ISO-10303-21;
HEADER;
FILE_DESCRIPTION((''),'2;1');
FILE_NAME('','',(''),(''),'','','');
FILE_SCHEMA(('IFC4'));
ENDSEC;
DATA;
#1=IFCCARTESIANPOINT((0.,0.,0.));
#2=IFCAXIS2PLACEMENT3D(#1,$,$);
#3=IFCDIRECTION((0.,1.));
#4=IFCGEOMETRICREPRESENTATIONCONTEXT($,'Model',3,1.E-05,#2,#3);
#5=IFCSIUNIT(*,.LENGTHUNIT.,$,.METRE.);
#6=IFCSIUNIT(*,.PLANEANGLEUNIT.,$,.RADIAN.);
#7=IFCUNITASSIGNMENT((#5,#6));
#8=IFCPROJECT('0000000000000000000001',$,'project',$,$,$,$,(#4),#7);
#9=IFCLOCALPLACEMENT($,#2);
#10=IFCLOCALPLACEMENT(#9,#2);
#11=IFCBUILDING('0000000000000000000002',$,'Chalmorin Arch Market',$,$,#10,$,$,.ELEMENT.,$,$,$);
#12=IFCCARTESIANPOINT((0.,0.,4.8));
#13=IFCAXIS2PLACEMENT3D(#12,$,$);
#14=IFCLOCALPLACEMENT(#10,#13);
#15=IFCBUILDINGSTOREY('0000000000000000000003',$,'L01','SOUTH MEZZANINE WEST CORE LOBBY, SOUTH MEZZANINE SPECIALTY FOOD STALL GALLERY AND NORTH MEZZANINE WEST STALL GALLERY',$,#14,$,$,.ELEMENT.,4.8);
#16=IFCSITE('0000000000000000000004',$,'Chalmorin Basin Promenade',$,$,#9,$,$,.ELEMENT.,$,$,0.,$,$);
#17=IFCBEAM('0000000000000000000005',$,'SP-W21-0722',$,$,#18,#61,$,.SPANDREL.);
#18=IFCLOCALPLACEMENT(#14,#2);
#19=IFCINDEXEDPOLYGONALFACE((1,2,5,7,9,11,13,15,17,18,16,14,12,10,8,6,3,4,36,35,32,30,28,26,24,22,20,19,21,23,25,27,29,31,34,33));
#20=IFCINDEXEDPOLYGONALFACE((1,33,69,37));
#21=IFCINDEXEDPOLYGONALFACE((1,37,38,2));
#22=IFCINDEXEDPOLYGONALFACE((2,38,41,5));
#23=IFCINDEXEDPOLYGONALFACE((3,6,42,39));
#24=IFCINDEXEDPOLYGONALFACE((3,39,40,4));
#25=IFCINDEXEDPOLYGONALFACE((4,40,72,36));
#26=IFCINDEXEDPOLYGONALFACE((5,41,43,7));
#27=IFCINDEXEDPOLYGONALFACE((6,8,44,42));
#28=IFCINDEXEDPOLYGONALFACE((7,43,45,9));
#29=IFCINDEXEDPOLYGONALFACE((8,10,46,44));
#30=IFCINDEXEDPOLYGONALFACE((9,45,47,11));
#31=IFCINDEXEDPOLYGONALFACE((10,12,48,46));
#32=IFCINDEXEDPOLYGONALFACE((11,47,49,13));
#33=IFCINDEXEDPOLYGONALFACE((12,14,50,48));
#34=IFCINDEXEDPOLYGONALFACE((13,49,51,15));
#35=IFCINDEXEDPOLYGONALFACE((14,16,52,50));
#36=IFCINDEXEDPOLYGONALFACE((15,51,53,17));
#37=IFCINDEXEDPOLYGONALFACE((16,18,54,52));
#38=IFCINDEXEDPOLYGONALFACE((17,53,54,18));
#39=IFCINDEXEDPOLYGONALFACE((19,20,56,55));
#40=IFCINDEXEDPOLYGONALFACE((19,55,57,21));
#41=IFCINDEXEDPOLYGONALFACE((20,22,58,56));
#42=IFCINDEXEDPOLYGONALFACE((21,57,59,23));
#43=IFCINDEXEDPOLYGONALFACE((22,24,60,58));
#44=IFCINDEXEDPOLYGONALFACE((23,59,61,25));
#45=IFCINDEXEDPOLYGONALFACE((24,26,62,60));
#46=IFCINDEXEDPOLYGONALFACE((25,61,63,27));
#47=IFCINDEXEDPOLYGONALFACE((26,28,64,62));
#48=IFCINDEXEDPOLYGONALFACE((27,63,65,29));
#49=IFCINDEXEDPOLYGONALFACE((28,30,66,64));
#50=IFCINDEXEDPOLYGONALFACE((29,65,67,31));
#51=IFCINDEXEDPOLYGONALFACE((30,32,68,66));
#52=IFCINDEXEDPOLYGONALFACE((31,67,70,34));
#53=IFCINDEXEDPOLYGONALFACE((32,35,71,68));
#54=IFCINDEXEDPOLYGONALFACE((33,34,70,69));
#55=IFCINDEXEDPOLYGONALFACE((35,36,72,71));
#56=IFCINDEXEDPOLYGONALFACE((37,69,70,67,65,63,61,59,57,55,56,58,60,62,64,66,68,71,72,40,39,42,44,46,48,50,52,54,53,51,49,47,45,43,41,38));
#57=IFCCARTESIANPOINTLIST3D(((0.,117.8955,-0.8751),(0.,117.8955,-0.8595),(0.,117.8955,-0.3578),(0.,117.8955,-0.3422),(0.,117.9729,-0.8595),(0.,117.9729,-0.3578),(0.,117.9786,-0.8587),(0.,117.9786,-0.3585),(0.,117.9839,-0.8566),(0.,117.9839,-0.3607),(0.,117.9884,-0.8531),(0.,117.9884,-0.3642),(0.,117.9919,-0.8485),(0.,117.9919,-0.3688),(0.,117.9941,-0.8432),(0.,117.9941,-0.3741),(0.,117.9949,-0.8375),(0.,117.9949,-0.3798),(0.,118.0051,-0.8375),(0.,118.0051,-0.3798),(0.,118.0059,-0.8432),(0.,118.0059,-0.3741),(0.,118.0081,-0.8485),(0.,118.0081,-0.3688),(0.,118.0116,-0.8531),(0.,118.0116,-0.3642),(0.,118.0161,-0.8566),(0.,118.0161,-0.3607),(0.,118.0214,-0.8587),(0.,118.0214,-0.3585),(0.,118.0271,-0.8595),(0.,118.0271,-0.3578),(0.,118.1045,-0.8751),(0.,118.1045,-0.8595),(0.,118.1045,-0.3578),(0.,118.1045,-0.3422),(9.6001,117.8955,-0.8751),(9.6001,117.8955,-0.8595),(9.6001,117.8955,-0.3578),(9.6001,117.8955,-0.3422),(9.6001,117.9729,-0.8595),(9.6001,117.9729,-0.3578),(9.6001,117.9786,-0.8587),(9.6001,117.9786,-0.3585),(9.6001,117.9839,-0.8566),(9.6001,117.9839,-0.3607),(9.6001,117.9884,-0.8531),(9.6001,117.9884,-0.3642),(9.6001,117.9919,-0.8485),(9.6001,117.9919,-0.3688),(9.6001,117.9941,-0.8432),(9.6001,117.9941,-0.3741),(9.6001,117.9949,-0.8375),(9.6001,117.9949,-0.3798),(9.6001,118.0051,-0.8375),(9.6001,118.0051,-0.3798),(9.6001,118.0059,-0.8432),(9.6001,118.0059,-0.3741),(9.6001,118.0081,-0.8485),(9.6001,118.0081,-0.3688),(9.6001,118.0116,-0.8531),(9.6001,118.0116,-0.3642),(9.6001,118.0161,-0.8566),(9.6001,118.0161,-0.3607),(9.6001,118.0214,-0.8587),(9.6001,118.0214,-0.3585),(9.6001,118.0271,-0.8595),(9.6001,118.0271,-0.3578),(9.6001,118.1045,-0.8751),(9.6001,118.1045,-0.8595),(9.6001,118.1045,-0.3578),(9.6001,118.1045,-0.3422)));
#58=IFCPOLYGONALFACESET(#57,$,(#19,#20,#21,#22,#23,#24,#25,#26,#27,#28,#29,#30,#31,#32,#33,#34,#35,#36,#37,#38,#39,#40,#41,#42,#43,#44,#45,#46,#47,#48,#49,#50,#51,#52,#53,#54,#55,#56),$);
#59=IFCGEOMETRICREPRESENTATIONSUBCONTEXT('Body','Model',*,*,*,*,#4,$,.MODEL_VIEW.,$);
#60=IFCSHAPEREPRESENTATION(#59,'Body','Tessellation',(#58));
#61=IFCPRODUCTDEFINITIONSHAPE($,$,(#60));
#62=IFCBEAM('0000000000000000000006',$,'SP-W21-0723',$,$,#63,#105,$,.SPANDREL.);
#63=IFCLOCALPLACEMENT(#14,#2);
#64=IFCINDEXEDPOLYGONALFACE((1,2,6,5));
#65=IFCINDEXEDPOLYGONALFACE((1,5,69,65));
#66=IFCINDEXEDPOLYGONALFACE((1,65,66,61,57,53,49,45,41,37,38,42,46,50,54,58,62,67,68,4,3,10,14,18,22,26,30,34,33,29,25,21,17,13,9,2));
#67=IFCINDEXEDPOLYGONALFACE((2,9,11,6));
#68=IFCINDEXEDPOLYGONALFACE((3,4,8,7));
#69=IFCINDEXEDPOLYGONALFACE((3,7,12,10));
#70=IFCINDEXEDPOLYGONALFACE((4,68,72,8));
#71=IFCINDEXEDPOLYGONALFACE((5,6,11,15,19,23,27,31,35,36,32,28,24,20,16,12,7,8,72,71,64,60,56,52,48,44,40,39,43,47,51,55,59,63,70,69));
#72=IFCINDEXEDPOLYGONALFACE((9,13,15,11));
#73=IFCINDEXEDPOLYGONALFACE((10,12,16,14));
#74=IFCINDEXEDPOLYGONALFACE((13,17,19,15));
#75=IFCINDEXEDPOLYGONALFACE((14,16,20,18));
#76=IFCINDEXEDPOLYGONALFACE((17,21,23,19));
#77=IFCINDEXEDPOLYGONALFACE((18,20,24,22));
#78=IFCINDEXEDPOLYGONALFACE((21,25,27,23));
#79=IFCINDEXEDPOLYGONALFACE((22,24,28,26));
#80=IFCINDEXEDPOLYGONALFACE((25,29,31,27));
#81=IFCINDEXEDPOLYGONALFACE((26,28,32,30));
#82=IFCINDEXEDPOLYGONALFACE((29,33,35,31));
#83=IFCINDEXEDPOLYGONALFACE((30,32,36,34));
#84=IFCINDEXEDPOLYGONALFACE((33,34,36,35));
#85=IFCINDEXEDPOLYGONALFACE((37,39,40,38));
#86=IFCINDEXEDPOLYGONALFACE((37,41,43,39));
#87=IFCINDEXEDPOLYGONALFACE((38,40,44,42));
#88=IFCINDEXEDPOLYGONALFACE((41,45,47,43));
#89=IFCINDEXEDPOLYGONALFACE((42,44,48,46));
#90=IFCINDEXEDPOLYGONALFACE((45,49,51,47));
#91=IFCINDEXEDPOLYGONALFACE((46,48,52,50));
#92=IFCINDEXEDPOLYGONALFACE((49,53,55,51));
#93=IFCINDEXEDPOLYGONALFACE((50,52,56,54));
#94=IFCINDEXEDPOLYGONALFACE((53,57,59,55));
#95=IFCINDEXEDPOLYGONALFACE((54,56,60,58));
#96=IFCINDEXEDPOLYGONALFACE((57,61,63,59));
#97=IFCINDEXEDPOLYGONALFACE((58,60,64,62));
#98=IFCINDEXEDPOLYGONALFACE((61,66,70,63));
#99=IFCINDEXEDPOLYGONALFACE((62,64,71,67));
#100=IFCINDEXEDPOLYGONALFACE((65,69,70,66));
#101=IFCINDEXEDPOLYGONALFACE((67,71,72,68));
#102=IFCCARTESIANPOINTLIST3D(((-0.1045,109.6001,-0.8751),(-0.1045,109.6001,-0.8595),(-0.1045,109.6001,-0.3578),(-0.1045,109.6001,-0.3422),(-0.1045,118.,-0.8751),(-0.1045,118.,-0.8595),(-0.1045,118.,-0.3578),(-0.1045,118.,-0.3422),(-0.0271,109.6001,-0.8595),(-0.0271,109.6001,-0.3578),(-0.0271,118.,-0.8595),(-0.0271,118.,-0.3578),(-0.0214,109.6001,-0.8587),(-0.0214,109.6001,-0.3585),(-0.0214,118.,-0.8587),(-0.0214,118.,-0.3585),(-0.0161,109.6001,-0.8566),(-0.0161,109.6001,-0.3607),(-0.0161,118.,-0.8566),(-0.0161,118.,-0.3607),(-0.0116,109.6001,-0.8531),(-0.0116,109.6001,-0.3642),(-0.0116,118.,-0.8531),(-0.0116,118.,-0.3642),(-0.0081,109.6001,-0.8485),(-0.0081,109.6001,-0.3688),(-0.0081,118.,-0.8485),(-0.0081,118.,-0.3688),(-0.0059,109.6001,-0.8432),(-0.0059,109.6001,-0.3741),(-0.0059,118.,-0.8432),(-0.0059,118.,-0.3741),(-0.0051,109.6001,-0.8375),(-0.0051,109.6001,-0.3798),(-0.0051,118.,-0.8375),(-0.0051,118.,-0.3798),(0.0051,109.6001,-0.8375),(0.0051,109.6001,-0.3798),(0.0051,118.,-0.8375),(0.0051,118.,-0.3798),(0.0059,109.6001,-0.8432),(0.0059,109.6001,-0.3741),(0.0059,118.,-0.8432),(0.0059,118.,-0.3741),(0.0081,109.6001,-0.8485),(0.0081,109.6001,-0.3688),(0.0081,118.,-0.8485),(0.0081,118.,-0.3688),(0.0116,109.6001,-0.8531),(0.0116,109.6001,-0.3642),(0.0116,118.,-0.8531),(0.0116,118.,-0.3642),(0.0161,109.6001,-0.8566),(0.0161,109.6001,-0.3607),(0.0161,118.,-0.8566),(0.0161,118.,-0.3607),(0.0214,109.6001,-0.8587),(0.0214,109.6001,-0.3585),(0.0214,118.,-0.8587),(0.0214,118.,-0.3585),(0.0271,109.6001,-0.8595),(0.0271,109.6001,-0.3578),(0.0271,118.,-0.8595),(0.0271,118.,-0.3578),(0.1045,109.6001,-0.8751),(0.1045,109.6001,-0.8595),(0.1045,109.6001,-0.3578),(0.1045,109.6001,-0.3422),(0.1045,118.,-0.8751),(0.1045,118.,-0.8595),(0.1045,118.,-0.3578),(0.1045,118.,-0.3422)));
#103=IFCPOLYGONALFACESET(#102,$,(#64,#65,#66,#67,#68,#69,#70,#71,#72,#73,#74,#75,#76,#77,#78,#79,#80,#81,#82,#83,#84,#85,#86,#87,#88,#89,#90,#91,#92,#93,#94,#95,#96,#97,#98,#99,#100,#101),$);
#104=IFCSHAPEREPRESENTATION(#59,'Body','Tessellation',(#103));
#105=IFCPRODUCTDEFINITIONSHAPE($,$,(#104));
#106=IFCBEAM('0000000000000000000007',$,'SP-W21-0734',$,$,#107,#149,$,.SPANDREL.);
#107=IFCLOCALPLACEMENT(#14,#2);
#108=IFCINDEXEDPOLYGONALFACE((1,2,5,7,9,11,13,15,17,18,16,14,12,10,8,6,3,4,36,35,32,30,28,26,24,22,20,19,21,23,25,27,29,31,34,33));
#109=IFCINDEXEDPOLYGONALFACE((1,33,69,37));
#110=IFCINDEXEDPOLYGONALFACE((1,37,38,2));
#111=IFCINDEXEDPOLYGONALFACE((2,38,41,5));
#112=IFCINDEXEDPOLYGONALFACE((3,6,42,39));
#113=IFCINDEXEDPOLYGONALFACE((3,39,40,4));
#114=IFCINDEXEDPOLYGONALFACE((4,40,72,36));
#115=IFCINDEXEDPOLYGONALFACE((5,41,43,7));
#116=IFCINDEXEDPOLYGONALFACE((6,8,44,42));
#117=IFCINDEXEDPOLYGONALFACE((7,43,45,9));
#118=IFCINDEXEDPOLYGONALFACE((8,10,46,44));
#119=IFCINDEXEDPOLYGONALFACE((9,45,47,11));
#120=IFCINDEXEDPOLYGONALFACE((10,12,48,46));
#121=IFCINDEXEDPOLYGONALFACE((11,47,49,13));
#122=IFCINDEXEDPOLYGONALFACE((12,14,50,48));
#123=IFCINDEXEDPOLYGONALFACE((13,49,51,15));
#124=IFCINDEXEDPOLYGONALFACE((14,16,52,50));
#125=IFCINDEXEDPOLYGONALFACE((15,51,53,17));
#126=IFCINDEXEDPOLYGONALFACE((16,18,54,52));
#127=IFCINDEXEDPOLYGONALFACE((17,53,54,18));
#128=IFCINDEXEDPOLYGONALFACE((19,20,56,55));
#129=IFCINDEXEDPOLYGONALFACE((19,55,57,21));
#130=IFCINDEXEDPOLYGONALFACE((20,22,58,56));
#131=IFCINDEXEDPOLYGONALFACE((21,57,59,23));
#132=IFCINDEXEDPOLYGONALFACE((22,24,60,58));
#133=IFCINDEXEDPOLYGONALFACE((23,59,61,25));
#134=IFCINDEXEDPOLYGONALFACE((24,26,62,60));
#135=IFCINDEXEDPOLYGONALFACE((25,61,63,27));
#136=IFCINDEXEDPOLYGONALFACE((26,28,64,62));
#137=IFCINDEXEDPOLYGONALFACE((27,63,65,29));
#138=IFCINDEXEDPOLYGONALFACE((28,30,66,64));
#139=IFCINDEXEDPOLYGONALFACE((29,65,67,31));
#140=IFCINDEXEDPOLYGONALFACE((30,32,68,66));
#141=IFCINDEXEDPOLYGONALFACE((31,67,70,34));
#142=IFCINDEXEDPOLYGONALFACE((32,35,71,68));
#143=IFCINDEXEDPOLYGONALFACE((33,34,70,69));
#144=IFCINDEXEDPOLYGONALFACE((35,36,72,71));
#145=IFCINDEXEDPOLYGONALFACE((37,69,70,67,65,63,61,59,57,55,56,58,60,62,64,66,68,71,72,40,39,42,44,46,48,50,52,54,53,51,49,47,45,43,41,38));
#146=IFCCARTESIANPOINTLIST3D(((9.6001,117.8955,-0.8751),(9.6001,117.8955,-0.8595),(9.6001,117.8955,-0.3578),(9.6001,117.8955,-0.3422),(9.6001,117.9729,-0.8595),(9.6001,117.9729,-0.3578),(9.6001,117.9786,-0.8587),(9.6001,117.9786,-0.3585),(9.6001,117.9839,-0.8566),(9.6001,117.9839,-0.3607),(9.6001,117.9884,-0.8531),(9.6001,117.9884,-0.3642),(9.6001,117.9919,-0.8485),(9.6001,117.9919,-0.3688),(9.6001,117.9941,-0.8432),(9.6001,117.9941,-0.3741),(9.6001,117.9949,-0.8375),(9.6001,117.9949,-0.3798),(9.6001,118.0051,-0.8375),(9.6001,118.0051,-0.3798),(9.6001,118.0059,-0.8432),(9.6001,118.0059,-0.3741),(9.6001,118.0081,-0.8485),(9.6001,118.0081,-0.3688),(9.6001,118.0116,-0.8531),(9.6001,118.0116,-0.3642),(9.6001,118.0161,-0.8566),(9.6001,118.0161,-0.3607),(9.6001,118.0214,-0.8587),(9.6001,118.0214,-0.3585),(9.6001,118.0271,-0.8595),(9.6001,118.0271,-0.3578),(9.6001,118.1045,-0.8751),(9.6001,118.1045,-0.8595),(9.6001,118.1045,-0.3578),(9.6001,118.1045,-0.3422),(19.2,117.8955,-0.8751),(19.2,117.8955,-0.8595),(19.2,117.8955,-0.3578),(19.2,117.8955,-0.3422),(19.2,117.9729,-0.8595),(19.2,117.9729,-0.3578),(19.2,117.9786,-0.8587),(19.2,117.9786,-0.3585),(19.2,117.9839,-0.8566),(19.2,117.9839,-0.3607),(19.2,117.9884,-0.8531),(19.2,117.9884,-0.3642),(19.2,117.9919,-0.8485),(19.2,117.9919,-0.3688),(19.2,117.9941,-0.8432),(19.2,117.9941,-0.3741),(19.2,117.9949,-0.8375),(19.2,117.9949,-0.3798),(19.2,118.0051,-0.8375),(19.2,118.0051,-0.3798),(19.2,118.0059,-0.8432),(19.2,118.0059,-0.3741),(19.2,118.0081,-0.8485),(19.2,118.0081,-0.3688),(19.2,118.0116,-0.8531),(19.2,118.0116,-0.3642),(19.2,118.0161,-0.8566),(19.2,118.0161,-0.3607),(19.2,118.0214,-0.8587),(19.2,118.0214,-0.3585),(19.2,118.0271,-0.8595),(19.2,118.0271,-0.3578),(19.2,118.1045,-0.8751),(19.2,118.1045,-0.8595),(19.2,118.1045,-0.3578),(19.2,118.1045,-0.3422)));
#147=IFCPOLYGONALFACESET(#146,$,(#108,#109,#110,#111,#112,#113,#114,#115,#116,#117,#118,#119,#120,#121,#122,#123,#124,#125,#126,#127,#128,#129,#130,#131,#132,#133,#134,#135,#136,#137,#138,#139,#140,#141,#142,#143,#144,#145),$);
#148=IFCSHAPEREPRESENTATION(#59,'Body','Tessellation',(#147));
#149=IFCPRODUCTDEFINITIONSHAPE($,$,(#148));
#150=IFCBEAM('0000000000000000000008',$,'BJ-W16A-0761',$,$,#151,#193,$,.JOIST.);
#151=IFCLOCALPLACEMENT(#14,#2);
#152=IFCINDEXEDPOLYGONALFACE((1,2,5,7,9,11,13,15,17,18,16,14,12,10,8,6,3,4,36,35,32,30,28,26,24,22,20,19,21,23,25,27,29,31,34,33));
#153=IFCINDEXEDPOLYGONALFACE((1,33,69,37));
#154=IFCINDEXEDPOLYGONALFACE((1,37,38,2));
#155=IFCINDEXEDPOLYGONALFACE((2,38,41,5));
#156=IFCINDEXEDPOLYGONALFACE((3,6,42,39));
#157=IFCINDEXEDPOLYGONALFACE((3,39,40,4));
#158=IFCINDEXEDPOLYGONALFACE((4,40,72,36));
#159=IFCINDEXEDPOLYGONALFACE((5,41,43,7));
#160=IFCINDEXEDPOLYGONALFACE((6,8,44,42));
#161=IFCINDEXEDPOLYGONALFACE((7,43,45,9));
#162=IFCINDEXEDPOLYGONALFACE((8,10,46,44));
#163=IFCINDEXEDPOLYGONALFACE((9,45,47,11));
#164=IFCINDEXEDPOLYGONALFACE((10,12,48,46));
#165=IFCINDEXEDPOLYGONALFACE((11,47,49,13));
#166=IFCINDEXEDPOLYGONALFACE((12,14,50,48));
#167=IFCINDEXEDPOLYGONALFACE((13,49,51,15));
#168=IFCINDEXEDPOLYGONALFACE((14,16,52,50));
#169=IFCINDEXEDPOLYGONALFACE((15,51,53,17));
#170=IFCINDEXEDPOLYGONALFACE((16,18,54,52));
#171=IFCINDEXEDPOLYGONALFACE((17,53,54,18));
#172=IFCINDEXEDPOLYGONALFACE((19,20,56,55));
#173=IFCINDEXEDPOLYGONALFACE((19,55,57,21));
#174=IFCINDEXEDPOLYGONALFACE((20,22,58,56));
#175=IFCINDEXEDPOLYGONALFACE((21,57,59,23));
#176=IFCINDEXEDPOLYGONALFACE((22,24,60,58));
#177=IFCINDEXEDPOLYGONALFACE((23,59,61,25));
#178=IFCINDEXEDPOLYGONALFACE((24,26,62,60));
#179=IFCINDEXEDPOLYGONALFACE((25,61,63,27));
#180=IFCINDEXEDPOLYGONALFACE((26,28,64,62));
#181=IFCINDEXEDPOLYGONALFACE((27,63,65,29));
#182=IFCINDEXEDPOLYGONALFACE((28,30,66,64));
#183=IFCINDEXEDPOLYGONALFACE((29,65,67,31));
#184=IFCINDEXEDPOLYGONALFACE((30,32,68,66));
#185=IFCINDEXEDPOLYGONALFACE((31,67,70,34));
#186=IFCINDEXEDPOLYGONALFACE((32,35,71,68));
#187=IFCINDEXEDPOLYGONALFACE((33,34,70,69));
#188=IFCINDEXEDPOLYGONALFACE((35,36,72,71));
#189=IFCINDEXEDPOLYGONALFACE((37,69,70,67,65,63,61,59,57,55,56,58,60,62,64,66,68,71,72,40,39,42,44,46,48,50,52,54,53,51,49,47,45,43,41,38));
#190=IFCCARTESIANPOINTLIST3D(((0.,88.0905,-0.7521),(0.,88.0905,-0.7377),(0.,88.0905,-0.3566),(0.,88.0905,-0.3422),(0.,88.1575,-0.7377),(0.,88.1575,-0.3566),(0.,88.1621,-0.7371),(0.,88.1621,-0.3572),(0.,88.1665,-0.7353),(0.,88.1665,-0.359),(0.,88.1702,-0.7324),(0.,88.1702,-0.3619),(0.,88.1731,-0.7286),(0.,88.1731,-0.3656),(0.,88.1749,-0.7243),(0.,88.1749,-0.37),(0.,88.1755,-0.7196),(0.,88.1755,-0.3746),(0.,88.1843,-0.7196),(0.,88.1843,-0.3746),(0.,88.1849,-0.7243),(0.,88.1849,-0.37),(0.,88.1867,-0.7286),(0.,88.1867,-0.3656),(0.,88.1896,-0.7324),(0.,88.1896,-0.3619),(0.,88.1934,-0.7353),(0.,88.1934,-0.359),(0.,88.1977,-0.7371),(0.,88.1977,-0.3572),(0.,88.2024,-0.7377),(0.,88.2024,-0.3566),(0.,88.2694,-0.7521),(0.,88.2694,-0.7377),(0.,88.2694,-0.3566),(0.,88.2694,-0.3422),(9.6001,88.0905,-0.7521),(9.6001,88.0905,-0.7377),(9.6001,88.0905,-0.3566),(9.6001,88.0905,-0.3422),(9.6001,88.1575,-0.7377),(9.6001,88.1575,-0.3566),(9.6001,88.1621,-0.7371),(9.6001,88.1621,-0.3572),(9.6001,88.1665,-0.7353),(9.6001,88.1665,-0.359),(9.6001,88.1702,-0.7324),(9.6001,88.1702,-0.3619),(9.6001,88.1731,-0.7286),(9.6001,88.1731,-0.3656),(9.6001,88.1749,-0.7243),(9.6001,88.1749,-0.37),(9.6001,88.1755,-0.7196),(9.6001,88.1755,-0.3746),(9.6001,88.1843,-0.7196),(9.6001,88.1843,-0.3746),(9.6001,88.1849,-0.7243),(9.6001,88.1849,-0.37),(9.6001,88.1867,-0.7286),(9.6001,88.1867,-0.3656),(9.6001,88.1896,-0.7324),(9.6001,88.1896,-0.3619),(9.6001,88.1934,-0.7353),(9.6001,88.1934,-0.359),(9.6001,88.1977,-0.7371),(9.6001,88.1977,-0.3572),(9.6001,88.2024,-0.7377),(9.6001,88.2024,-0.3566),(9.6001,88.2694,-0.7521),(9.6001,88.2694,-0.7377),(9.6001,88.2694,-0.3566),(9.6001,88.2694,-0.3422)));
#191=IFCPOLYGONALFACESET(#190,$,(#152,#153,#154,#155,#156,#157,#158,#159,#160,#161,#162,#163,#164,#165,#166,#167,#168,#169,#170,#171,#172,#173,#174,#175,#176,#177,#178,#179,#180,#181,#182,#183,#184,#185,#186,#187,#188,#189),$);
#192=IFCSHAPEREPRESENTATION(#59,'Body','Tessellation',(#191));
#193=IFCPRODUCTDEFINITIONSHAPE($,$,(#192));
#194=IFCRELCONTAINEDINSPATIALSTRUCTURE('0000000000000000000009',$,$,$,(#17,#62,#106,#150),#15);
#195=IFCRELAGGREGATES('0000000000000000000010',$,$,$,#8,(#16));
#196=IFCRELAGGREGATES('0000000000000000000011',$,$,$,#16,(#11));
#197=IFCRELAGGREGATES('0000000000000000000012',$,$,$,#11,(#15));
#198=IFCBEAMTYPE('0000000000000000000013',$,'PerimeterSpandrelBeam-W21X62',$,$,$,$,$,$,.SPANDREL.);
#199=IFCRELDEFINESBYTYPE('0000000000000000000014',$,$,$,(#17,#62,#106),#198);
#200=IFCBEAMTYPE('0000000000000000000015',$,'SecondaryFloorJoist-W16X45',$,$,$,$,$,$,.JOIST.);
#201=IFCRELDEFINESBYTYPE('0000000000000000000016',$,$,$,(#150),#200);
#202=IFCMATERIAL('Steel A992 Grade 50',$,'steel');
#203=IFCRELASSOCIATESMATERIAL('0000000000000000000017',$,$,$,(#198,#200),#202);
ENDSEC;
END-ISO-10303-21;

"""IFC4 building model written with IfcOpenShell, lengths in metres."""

from ifc_helpers import new_model, si_unit, direction, frame, origin, origin_2d, place, context, subcontext, project, spatial, i_section, extrude, material, material_profile, profile_set, type_object, element, save


model = new_model("IFC4")

# Units and contexts
model_context = context("Model", 3, precision=1e-05, world=origin(), true_north=direction((0.0, 1.0)))
body_context = subcontext(model_context, "Body", "Model", "MODEL_VIEW")
ifc_project = project(units=[si_unit("LENGTHUNIT", "METRE"), si_unit("PLANEANGLEUNIT", "RADIAN")], contexts=[model_context])

# Site, building, storey
site_placement = place(None, origin())
site = spatial("IfcSite", under=ifc_project, at=site_placement, Name="Chalmorin Basin Promenade", CompositionType="ELEMENT", RefElevation=0.0)
building_placement = place(site_placement, origin())
building = spatial("IfcBuilding", under=site, at=building_placement, Name="Chalmorin Arch Market", CompositionType="ELEMENT")
storey_placement = place(building_placement, frame((0.0, 0.0, 4.8)))
storey = spatial("IfcBuildingStorey", under=building, at=storey_placement, Name="L01", Description="SOUTH MEZZANINE WEST CORE LOBBY, SOUTH MEZZANINE SPECIALTY FOOD STALL GALLERY AND NORTH MEZZANINE WEST STALL GALLERY", CompositionType="ELEMENT", Elevation=4.8)

# Beams
ifc_material = material(Name="Steel A992 Grade 50", Category="steel")
ifc_material_profile_1 = material_profile(ifc_material, i_section(OverallWidth=0.209, OverallDepth=0.533, WebThickness=0.0103, FlangeThickness=0.0156, FilletRadius=0.022, at=origin_2d()), Name="W21X62")
ifc_profile_set_1 = profile_set([ifc_material_profile_1], Name="Steel A992 Grade 50")
beam_type_1 = type_object("IfcBeamType", Name="PerimeterSpandrelBeam-W21X62", PredefinedType="SPANDREL", material=ifc_profile_set_1)
beam_1_placement = place(storey_placement, frame((0.0, 118.0, -0.6086), z_axis=(1.0, 0.0, 0.0), x_axis=(0.0, 1.0, 0.0)))
element("IfcBeam", 1, at=beam_1_placement, inside=storey, type_object=beam_type_1, Name="SP-W21-0722", PredefinedType="SPANDREL", context=body_context, shape_type="SweptSolid", body=[
    extrude(i_section(OverallWidth=0.209, OverallDepth=0.533, WebThickness=0.0103, FlangeThickness=0.0156, FilletRadius=0.022, at=origin_2d()), origin(), (0.0, 0.0, 1.0), 9.6001),
])
beam_2_placement = place(storey_placement, frame((0.0, 109.6001, -0.6086), z_axis=(0.0, 1.0, 0.0), x_axis=(-1.0, 0.0, 0.0)))
element("IfcBeam", 2, at=beam_2_placement, inside=storey, type_object=beam_type_1, Name="SP-W21-0723", PredefinedType="SPANDREL", context=body_context, shape_type="SweptSolid", body=[
    extrude(i_section(OverallWidth=0.209, OverallDepth=0.533, WebThickness=0.0103, FlangeThickness=0.0156, FilletRadius=0.022, at=origin_2d()), origin(), (0.0, 0.0, 1.0), 8.3999),
])
beam_3_placement = place(storey_placement, frame((9.6001, 118.0, -0.6086), z_axis=(1.0, 0.0, 0.0), x_axis=(0.0, 1.0, 0.0)))
element("IfcBeam", 3, at=beam_3_placement, inside=storey, type_object=beam_type_1, Name="SP-W21-0734", PredefinedType="SPANDREL", context=body_context, shape_type="SweptSolid", body=[
    extrude(i_section(OverallWidth=0.209, OverallDepth=0.533, WebThickness=0.0103, FlangeThickness=0.0156, FilletRadius=0.022, at=origin_2d()), origin(), (0.0, 0.0, 1.0), 9.5999),
])
ifc_material_profile_2 = material_profile(ifc_material, i_section(OverallWidth=0.179, OverallDepth=0.4099, WebThickness=0.0088, FlangeThickness=0.0144, FilletRadius=0.0181, at=origin_2d()), Name="W16X45")
ifc_profile_set_2 = profile_set([ifc_material_profile_2], Name="Steel A992 Grade 50")
beam_type_2 = type_object("IfcBeamType", Name="SecondaryFloorJoist-W16X45", PredefinedType="JOIST", material=ifc_profile_set_2)
for number, where, z_axis, x_axis, name in (
    (4, (0.0, 88.1799, -0.5471), (1.0, 0.0, 0.0), (0.0, 1.0, 0.0), "BJ-W16A-0761"),
):
    element("IfcBeam", number, at=place(storey_placement, frame(where, z_axis=z_axis, x_axis=x_axis)), inside=storey, type_object=beam_type_2, Name=name, PredefinedType="JOIST", context=body_context, shape_type="SweptSolid", body=[
        extrude(i_section(OverallWidth=0.179, OverallDepth=0.4099, WebThickness=0.0088, FlangeThickness=0.0144, FilletRadius=0.0181, at=origin_2d()), origin(), (0.0, 0.0, 1.0), 9.6001),
    ])

save(model, "model.ifc")
